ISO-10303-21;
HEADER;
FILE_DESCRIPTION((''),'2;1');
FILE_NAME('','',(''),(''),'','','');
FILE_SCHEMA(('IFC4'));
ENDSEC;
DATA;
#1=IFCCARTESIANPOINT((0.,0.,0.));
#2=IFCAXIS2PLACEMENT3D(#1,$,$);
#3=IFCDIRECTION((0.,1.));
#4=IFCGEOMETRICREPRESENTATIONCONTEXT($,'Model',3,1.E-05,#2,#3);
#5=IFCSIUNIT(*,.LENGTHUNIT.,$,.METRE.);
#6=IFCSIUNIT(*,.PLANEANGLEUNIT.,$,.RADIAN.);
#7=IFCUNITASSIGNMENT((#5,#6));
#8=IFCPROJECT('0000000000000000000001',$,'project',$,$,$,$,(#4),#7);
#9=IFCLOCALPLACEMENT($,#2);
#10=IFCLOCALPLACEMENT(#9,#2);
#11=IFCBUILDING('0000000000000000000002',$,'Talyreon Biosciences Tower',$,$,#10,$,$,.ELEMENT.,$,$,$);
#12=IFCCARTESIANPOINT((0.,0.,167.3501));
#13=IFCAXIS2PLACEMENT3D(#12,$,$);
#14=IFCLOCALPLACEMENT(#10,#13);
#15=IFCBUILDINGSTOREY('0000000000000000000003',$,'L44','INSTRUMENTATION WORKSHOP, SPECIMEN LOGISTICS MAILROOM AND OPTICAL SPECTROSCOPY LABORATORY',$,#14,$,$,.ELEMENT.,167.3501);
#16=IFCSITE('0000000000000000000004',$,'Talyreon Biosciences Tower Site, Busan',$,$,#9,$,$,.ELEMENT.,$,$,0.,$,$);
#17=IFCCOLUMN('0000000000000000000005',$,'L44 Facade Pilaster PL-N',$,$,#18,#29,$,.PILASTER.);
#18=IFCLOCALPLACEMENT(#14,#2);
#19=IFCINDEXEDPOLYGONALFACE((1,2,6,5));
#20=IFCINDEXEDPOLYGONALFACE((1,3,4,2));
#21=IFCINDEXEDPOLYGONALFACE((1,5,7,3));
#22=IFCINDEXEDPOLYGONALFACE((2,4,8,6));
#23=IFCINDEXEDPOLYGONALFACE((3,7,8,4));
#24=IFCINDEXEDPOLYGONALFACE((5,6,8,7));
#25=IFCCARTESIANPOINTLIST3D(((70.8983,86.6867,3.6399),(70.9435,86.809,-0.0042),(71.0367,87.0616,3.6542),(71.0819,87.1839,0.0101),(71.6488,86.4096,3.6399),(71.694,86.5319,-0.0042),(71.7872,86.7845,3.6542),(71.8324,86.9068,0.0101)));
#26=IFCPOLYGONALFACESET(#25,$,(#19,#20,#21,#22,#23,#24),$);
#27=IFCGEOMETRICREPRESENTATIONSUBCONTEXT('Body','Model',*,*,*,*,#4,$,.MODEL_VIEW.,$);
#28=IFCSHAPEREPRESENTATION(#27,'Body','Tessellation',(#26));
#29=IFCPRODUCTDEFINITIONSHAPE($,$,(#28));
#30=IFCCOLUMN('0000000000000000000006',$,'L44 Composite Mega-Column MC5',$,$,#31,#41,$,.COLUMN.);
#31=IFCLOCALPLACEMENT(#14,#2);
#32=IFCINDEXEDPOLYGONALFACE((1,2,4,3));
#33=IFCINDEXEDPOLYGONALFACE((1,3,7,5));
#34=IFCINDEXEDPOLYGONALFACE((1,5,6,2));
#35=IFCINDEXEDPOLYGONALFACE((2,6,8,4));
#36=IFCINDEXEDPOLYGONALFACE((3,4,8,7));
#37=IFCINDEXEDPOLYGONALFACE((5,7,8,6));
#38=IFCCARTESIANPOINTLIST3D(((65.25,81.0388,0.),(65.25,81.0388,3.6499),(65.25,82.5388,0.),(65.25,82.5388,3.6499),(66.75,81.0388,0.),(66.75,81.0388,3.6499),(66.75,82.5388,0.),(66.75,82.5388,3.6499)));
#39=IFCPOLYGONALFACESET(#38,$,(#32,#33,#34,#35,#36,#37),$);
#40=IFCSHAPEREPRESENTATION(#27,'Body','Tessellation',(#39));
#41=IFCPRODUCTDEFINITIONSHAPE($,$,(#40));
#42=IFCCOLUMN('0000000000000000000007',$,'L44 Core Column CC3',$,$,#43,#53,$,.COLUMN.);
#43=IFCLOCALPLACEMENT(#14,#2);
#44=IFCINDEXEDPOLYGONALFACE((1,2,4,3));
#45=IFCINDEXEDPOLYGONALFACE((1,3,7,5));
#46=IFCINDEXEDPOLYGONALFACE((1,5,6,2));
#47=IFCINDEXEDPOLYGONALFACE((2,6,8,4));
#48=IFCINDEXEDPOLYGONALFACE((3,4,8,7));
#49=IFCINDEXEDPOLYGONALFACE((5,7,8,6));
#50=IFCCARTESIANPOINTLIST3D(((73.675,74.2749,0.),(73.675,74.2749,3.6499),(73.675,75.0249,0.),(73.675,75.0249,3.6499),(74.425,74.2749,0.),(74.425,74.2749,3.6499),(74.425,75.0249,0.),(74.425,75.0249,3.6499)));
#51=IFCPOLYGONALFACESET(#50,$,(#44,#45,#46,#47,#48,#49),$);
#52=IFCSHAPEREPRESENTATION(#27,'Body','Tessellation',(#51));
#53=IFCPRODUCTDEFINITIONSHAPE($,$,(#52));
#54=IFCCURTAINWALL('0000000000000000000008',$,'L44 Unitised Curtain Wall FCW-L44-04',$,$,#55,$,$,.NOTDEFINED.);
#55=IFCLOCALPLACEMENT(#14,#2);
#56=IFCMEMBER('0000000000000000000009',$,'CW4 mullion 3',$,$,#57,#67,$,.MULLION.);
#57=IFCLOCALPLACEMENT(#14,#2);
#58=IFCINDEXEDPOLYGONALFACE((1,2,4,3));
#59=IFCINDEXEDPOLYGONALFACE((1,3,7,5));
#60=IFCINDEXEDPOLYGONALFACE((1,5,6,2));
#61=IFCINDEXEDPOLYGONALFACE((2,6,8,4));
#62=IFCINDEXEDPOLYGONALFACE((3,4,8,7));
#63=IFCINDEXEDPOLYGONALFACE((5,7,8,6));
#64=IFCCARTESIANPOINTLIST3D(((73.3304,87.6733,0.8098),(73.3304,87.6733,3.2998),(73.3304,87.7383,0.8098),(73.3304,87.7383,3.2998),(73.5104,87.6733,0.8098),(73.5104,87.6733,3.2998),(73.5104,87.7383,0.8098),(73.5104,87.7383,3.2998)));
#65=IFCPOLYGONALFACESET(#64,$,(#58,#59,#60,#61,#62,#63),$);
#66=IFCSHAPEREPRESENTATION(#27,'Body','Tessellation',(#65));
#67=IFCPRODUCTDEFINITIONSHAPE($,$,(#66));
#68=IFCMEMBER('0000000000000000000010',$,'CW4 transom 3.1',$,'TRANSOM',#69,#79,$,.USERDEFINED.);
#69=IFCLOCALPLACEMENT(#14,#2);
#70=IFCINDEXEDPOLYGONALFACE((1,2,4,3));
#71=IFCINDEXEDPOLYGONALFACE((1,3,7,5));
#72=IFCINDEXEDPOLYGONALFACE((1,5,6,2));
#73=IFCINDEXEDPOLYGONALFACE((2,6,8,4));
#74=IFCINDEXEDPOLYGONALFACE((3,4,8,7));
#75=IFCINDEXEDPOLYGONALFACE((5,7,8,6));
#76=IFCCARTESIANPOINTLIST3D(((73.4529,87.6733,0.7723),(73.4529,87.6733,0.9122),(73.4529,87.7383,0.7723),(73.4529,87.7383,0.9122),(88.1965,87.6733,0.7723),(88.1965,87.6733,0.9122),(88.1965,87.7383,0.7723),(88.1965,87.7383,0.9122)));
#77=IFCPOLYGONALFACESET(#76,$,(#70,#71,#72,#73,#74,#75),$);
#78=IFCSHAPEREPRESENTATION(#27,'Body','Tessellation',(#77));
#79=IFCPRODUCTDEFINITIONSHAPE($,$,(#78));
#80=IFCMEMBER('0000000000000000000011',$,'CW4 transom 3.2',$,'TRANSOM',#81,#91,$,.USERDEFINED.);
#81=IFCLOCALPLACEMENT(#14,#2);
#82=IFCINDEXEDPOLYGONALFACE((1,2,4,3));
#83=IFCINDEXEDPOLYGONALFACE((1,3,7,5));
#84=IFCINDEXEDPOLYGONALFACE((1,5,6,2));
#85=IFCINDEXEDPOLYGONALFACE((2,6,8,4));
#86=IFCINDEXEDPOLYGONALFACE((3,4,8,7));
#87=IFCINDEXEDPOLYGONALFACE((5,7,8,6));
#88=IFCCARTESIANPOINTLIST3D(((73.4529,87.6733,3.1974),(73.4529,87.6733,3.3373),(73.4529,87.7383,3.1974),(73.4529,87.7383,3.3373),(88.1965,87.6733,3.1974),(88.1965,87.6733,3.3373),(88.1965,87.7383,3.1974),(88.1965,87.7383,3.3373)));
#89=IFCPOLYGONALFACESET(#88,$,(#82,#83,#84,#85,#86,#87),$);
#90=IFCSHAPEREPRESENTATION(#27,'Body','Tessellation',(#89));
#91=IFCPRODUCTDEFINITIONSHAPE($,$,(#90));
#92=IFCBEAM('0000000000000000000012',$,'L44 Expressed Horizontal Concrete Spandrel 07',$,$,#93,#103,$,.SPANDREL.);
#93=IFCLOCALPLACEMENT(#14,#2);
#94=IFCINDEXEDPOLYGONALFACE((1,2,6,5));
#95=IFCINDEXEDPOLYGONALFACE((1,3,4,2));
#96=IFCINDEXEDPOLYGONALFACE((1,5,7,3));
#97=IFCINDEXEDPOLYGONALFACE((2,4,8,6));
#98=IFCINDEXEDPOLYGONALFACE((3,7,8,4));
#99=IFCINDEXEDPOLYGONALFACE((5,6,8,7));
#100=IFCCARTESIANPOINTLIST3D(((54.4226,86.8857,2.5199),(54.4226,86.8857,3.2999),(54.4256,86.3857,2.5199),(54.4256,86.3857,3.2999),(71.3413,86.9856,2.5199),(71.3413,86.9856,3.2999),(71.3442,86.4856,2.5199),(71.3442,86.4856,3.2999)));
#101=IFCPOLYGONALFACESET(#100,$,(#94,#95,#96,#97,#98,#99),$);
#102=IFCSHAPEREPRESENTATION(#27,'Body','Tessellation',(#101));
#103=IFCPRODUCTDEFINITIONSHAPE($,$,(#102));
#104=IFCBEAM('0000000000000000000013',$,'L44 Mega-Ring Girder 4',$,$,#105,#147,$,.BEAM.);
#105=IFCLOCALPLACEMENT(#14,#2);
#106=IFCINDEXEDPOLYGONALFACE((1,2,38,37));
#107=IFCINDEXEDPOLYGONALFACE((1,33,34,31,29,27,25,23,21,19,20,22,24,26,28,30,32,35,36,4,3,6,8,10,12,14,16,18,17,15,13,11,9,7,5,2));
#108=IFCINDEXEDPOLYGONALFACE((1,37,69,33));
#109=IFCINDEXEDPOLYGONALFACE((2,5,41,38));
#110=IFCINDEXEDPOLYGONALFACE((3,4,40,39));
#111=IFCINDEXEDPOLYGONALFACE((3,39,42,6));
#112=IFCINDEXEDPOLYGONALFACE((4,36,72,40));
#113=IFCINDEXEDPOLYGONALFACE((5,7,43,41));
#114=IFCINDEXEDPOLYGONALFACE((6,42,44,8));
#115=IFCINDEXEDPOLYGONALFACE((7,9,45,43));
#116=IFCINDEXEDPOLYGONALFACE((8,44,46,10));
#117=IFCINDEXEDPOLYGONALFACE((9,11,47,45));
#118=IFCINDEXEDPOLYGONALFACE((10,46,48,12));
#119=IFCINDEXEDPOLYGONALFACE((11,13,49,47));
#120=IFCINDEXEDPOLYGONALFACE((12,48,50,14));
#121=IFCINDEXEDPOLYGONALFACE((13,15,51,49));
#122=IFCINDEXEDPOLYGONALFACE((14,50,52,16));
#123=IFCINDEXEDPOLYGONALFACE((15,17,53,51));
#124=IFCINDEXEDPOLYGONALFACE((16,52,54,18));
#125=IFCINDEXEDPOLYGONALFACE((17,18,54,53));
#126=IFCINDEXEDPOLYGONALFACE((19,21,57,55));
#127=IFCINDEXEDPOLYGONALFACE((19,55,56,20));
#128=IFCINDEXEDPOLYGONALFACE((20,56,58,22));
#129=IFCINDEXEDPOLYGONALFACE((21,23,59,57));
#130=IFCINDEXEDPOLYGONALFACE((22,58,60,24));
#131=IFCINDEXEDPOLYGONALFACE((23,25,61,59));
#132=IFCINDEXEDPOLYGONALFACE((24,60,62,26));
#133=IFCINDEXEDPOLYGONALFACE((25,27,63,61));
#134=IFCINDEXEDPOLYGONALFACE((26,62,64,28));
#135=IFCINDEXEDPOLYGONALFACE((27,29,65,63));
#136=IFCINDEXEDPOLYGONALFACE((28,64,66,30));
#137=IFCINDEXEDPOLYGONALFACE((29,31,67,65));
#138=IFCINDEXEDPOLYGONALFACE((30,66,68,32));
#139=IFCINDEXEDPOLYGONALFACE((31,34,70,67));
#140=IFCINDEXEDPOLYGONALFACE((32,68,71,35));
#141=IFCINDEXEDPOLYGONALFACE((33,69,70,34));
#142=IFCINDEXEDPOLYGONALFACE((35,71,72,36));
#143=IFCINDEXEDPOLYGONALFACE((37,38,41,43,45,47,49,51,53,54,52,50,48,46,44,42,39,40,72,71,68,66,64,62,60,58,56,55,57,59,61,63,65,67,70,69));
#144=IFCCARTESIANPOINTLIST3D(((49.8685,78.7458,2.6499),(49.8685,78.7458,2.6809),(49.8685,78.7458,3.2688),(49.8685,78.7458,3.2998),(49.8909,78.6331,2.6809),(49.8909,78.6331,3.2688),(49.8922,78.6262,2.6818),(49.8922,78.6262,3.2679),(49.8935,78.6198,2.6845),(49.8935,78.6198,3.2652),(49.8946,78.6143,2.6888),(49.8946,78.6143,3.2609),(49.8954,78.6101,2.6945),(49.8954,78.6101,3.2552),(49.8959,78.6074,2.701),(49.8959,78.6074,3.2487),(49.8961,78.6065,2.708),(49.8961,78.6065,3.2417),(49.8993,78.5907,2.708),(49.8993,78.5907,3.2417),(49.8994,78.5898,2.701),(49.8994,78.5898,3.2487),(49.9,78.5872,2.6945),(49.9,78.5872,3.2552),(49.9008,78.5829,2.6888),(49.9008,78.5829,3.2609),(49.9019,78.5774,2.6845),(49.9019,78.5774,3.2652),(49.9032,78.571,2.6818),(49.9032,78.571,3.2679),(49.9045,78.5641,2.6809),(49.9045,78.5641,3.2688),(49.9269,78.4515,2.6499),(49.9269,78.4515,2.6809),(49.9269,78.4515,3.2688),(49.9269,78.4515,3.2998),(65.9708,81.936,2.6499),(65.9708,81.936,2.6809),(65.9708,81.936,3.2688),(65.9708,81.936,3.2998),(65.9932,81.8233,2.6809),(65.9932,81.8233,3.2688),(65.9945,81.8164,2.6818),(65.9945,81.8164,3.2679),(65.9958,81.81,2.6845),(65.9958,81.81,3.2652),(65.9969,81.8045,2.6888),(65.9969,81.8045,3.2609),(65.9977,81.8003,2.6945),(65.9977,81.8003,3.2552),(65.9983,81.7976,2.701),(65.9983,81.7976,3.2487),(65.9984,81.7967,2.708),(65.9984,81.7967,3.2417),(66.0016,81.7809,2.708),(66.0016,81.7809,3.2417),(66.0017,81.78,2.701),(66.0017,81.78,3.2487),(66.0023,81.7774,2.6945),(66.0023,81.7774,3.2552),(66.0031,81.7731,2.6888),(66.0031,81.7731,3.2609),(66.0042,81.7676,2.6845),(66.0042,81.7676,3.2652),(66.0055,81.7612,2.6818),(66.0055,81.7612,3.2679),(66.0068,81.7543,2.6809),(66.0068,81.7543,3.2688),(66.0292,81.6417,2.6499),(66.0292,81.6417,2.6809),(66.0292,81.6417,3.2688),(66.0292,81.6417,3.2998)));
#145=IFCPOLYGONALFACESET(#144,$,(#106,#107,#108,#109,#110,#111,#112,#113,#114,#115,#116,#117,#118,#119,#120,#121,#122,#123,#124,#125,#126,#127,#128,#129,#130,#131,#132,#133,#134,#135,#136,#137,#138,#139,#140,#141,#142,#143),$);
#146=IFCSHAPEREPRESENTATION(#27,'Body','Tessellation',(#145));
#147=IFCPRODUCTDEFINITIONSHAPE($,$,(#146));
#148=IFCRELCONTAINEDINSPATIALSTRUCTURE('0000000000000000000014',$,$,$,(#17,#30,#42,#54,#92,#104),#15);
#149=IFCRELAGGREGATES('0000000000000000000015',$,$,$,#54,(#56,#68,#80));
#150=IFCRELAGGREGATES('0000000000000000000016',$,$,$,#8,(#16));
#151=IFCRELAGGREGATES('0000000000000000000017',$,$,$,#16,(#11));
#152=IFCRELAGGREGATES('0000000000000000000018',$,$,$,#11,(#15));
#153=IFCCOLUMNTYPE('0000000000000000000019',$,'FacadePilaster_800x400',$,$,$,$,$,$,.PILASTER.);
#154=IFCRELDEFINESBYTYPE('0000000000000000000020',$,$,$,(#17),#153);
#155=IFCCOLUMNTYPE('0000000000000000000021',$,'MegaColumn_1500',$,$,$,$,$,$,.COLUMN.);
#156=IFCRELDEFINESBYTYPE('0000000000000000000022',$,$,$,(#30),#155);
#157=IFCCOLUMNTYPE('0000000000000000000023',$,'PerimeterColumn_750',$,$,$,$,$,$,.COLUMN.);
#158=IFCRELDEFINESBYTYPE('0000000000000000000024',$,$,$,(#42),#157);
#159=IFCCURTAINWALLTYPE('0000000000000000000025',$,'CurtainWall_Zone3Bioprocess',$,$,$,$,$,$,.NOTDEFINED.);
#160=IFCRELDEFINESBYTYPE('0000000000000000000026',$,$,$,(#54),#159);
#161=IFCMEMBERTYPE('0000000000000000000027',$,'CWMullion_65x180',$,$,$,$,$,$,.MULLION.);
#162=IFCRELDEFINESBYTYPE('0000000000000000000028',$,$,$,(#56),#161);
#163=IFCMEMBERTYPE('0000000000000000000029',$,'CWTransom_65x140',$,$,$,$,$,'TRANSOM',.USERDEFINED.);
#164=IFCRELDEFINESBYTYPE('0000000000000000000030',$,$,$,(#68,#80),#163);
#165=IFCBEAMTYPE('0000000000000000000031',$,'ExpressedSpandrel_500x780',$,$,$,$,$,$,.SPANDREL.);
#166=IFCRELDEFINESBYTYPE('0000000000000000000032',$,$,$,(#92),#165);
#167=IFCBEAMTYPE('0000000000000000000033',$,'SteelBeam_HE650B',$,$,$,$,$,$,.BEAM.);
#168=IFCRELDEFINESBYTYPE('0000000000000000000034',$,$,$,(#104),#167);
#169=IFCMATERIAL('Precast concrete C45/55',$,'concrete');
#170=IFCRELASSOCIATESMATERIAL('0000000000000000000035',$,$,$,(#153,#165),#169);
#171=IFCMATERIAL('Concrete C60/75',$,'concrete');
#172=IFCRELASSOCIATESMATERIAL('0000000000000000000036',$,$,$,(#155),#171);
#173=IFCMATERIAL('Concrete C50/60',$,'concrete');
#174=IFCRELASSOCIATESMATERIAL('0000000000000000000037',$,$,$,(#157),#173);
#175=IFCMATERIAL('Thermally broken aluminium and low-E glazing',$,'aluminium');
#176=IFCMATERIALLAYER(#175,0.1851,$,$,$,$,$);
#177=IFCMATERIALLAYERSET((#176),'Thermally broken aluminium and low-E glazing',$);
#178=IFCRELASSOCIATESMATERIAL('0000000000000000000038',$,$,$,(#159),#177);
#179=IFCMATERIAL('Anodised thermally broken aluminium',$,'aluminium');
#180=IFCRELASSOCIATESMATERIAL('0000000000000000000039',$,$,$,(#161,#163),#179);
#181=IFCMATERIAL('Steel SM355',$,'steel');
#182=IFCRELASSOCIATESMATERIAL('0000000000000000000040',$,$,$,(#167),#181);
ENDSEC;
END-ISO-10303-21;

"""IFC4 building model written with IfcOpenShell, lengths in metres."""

from ifc_helpers import new_model, si_unit, direction, frame, origin, origin_2d, place, context, subcontext, project, spatial, rectangle, i_section, extrude, material, layer, layer_set, material_profile, profile_set, type_object, element, aggregate, save


model = new_model("IFC4")

# Units and contexts
model_context = context("Model", 3, precision=1e-05, world=origin(), true_north=direction((0.0, 1.0)))
body_context = subcontext(model_context, "Body", "Model", "MODEL_VIEW")
ifc_project = project(units=[si_unit("LENGTHUNIT", "METRE"), si_unit("PLANEANGLEUNIT", "RADIAN")], contexts=[model_context])

# Site, building, storey
site_placement = place(None, origin())
site = spatial("IfcSite", under=ifc_project, at=site_placement, Name="Talyreon Biosciences Tower Site, Busan", CompositionType="ELEMENT", RefElevation=0.0)
building_placement = place(site_placement, origin())
building = spatial("IfcBuilding", under=site, at=building_placement, Name="Talyreon Biosciences Tower", CompositionType="ELEMENT")
storey_placement = place(building_placement, frame((0.0, 0.0, 167.3501)))
storey = spatial("IfcBuildingStorey", under=building, at=storey_placement, Name="L44", Description="INSTRUMENTATION WORKSHOP, SPECIMEN LOGISTICS MAILROOM AND OPTICAL SPECTROSCOPY LABORATORY", CompositionType="ELEMENT", Elevation=167.3501)

# Columns
ifc_material_1 = material(Name="Precast concrete C45/55", Category="concrete")
ifc_material_profile_1 = material_profile(ifc_material_1, rectangle(XDim=0.8, YDim=0.3999, at=origin_2d()), Name="RC 800x400")
ifc_profile_set_1 = profile_set([ifc_material_profile_1], Name="Precast concrete C45/55")
column_type_1 = type_object("IfcColumnType", Name="FacadePilaster_800x400", PredefinedType="PILASTER", material=ifc_profile_set_1)
column_1_placement = place(storey_placement, frame((71.3879, 86.8579, 0.0029), z_axis=(-0.012387, -0.033544, 0.99936), x_axis=(-0.938087, 0.346399, 0.0)))
element("IfcColumn", 1, at=column_1_placement, inside=storey, type_object=column_type_1, Name="L44 Facade Pilaster PL-N", PredefinedType="PILASTER", context=body_context, shape_type="SweptSolid", body=[
    extrude(rectangle(XDim=0.8, YDim=0.3999, at=origin_2d()), origin(), (0.0, 0.0, 1.0), 3.6465),
])
ifc_material_2 = material(Name="Concrete C60/75", Category="concrete")
ifc_material_profile_2 = material_profile(ifc_material_2, rectangle(XDim=1.5, YDim=1.5, at=origin_2d()), Name="RC 1500x1500")
ifc_profile_set_2 = profile_set([ifc_material_profile_2], Name="Concrete C60/75")
column_type_2 = type_object("IfcColumnType", Name="MegaColumn_1500", PredefinedType="COLUMN", material=ifc_profile_set_2)
column_2_placement = place(storey_placement, frame((66.0, 81.7888, 0.0), z_axis=(0.0, 0.0, 1.0), x_axis=(1.0, 0.0, 0.0)))
element("IfcColumn", 2, at=column_2_placement, inside=storey, type_object=column_type_2, Name="L44 Composite Mega-Column MC5", PredefinedType="COLUMN", context=body_context, shape_type="SweptSolid", body=[
    extrude(rectangle(XDim=1.5, YDim=1.5, at=origin_2d()), origin(), (0.0, 0.0, 1.0), 3.6499),
])
ifc_material_3 = material(Name="Concrete C50/60", Category="concrete")
ifc_material_profile_3 = material_profile(ifc_material_3, rectangle(XDim=0.75, YDim=0.75, at=origin_2d()), Name="RC 750x750")
ifc_profile_set_3 = profile_set([ifc_material_profile_3], Name="Concrete C50/60")
column_type_3 = type_object("IfcColumnType", Name="PerimeterColumn_750", PredefinedType="COLUMN", material=ifc_profile_set_3)
column_3_placement = place(storey_placement, frame((74.05, 74.6499, 0.0), z_axis=(0.0, 0.0, 1.0), x_axis=(1.0, 0.0, 0.0)))
element("IfcColumn", 3, at=column_3_placement, inside=storey, type_object=column_type_3, Name="L44 Core Column CC3", PredefinedType="COLUMN", context=body_context, shape_type="SweptSolid", body=[
    extrude(rectangle(XDim=0.75, YDim=0.75, at=origin_2d()), origin(), (0.0, 0.0, 1.0), 3.6499),
])

# Curtain wall, members
ifc_material_4 = material(Name="Thermally broken aluminium and low-E glazing", Category="aluminium")
ifc_layer_1 = layer(ifc_material_4, 0.1851)
ifc_layer_set_1 = layer_set([ifc_layer_1], Name="Thermally broken aluminium and low-E glazing")
curtain_wall_type = type_object("IfcCurtainWallType", Name="CurtainWall_Zone3Bioprocess", PredefinedType="NOTDEFINED", material=ifc_layer_set_1)
curtain_wall_placement = place(storey_placement, origin())
curtain_wall = element("IfcCurtainWall", 4, at=curtain_wall_placement, inside=storey, type_object=curtain_wall_type, Name="L44 Unitised Curtain Wall FCW-L44-04", PredefinedType="NOTDEFINED")
ifc_material_5 = material(Name="Anodised thermally broken aluminium", Category="aluminium")
ifc_material_profile_4 = material_profile(ifc_material_5, rectangle(XDim=0.0649, YDim=0.1799, at=origin_2d()), Name="ALUM MULLION 65x180")
ifc_profile_set_4 = profile_set([ifc_material_profile_4], Name="Anodised thermally broken aluminium")
member_type_1 = type_object("IfcMemberType", Name="CWMullion_65x180", PredefinedType="MULLION", material=ifc_profile_set_4)
member_1_placement = place(storey_placement, frame((73.4204, 87.7058, 0.8098), z_axis=(0.0, 0.0, 1.0), x_axis=(0.0, 1.0, 0.0)))
member_1 = element("IfcMember", 5, at=member_1_placement, type_object=member_type_1, Name="CW4 mullion 3", PredefinedType="MULLION", context=body_context, shape_type="SweptSolid", body=[
    extrude(rectangle(XDim=0.0649, YDim=0.1799, at=origin_2d()), origin(), (0.0, 0.0, 1.0), 2.49),
])
ifc_material_profile_5 = material_profile(ifc_material_5, rectangle(XDim=0.0649, YDim=0.1399, at=origin_2d()), Name="ALUM TRANSOM 65x140")
ifc_profile_set_5 = profile_set([ifc_material_profile_5], Name="Anodised thermally broken aluminium")
member_type_2 = type_object("IfcMemberType", Name="CWTransom_65x140", ElementType="TRANSOM", PredefinedType="USERDEFINED", material=ifc_profile_set_5)
member_2_placement = place(storey_placement, frame((73.4529, 87.7058, 0.8423), z_axis=(1.0, 0.0, 0.0), x_axis=(0.0, 1.0, 0.0)))
member_2 = element("IfcMember", 6, at=member_2_placement, type_object=member_type_2, Name="CW4 transom 3.1", ObjectType="TRANSOM", PredefinedType="USERDEFINED", context=body_context, shape_type="SweptSolid", body=[
    extrude(rectangle(XDim=0.0649, YDim=0.1399, at=origin_2d()), origin(), (0.0, 0.0, 1.0), 14.7437),
])
member_3_placement = place(storey_placement, frame((73.4529, 87.7058, 3.2673), z_axis=(1.0, 0.0, 0.0), x_axis=(0.0, 1.0, 0.0)))
member_3 = element("IfcMember", 7, at=member_3_placement, type_object=member_type_2, Name="CW4 transom 3.2", ObjectType="TRANSOM", PredefinedType="USERDEFINED", context=body_context, shape_type="SweptSolid", body=[
    extrude(rectangle(XDim=0.0649, YDim=0.1399, at=origin_2d()), origin(), (0.0, 0.0, 1.0), 14.7437),
])

# Beams
ifc_material_profile_6 = material_profile(ifc_material_1, rectangle(XDim=0.5, YDim=0.78, at=origin_2d()), Name="RCB 500x780")
ifc_profile_set_6 = profile_set([ifc_material_profile_6], Name="Precast concrete C45/55")
beam_type_1 = type_object("IfcBeamType", Name="ExpressedSpandrel_500x780", PredefinedType="SPANDREL", material=ifc_profile_set_6)
beam_1_placement = place(storey_placement, frame((71.3428, 86.7356, 2.9099), z_axis=(-0.999983, -0.005902, 0.0), x_axis=(0.005902, -0.999983, 0.0)))
element("IfcBeam", 8, at=beam_1_placement, inside=storey, type_object=beam_type_1, Name="L44 Expressed Horizontal Concrete Spandrel 07", PredefinedType="SPANDREL", context=body_context, shape_type="SweptSolid", body=[
    extrude(rectangle(XDim=0.5, YDim=0.78, at=origin_2d()), origin(), (0.0, 0.0, 1.0), 16.9189),
])
ifc_material_6 = material(Name="Steel SM355", Category="steel")
ifc_material_profile_7 = material_profile(ifc_material_6, i_section(OverallWidth=0.3, OverallDepth=0.6499, WebThickness=0.0161, FlangeThickness=0.031, FilletRadius=0.0271, at=origin_2d()), Name="HE650B")
ifc_profile_set_7 = profile_set([ifc_material_profile_7], Name="Steel SM355")
beam_type_2 = type_object("IfcBeamType", Name="SteelBeam_HE650B", PredefinedType="BEAM", material=ifc_profile_set_7)
beam_2_placement = place(storey_placement, frame((66.0, 81.7888, 2.9749), z_axis=(-0.980934, -0.194343, 0.0), x_axis=(0.194343, -0.980934, 0.0)))
element("IfcBeam", 9, at=beam_2_placement, inside=storey, type_object=beam_type_2, Name="L44 Mega-Ring Girder 4", PredefinedType="BEAM", context=body_context, shape_type="SweptSolid", body=[
    extrude(i_section(OverallWidth=0.3, OverallDepth=0.6499, WebThickness=0.0161, FlangeThickness=0.031, FilletRadius=0.0271, at=origin_2d()), origin(), (0.0, 0.0, 1.0), 16.4153),
])

aggregate(curtain_wall, [member_1, member_2, member_3])

save(model, "model.ifc")
